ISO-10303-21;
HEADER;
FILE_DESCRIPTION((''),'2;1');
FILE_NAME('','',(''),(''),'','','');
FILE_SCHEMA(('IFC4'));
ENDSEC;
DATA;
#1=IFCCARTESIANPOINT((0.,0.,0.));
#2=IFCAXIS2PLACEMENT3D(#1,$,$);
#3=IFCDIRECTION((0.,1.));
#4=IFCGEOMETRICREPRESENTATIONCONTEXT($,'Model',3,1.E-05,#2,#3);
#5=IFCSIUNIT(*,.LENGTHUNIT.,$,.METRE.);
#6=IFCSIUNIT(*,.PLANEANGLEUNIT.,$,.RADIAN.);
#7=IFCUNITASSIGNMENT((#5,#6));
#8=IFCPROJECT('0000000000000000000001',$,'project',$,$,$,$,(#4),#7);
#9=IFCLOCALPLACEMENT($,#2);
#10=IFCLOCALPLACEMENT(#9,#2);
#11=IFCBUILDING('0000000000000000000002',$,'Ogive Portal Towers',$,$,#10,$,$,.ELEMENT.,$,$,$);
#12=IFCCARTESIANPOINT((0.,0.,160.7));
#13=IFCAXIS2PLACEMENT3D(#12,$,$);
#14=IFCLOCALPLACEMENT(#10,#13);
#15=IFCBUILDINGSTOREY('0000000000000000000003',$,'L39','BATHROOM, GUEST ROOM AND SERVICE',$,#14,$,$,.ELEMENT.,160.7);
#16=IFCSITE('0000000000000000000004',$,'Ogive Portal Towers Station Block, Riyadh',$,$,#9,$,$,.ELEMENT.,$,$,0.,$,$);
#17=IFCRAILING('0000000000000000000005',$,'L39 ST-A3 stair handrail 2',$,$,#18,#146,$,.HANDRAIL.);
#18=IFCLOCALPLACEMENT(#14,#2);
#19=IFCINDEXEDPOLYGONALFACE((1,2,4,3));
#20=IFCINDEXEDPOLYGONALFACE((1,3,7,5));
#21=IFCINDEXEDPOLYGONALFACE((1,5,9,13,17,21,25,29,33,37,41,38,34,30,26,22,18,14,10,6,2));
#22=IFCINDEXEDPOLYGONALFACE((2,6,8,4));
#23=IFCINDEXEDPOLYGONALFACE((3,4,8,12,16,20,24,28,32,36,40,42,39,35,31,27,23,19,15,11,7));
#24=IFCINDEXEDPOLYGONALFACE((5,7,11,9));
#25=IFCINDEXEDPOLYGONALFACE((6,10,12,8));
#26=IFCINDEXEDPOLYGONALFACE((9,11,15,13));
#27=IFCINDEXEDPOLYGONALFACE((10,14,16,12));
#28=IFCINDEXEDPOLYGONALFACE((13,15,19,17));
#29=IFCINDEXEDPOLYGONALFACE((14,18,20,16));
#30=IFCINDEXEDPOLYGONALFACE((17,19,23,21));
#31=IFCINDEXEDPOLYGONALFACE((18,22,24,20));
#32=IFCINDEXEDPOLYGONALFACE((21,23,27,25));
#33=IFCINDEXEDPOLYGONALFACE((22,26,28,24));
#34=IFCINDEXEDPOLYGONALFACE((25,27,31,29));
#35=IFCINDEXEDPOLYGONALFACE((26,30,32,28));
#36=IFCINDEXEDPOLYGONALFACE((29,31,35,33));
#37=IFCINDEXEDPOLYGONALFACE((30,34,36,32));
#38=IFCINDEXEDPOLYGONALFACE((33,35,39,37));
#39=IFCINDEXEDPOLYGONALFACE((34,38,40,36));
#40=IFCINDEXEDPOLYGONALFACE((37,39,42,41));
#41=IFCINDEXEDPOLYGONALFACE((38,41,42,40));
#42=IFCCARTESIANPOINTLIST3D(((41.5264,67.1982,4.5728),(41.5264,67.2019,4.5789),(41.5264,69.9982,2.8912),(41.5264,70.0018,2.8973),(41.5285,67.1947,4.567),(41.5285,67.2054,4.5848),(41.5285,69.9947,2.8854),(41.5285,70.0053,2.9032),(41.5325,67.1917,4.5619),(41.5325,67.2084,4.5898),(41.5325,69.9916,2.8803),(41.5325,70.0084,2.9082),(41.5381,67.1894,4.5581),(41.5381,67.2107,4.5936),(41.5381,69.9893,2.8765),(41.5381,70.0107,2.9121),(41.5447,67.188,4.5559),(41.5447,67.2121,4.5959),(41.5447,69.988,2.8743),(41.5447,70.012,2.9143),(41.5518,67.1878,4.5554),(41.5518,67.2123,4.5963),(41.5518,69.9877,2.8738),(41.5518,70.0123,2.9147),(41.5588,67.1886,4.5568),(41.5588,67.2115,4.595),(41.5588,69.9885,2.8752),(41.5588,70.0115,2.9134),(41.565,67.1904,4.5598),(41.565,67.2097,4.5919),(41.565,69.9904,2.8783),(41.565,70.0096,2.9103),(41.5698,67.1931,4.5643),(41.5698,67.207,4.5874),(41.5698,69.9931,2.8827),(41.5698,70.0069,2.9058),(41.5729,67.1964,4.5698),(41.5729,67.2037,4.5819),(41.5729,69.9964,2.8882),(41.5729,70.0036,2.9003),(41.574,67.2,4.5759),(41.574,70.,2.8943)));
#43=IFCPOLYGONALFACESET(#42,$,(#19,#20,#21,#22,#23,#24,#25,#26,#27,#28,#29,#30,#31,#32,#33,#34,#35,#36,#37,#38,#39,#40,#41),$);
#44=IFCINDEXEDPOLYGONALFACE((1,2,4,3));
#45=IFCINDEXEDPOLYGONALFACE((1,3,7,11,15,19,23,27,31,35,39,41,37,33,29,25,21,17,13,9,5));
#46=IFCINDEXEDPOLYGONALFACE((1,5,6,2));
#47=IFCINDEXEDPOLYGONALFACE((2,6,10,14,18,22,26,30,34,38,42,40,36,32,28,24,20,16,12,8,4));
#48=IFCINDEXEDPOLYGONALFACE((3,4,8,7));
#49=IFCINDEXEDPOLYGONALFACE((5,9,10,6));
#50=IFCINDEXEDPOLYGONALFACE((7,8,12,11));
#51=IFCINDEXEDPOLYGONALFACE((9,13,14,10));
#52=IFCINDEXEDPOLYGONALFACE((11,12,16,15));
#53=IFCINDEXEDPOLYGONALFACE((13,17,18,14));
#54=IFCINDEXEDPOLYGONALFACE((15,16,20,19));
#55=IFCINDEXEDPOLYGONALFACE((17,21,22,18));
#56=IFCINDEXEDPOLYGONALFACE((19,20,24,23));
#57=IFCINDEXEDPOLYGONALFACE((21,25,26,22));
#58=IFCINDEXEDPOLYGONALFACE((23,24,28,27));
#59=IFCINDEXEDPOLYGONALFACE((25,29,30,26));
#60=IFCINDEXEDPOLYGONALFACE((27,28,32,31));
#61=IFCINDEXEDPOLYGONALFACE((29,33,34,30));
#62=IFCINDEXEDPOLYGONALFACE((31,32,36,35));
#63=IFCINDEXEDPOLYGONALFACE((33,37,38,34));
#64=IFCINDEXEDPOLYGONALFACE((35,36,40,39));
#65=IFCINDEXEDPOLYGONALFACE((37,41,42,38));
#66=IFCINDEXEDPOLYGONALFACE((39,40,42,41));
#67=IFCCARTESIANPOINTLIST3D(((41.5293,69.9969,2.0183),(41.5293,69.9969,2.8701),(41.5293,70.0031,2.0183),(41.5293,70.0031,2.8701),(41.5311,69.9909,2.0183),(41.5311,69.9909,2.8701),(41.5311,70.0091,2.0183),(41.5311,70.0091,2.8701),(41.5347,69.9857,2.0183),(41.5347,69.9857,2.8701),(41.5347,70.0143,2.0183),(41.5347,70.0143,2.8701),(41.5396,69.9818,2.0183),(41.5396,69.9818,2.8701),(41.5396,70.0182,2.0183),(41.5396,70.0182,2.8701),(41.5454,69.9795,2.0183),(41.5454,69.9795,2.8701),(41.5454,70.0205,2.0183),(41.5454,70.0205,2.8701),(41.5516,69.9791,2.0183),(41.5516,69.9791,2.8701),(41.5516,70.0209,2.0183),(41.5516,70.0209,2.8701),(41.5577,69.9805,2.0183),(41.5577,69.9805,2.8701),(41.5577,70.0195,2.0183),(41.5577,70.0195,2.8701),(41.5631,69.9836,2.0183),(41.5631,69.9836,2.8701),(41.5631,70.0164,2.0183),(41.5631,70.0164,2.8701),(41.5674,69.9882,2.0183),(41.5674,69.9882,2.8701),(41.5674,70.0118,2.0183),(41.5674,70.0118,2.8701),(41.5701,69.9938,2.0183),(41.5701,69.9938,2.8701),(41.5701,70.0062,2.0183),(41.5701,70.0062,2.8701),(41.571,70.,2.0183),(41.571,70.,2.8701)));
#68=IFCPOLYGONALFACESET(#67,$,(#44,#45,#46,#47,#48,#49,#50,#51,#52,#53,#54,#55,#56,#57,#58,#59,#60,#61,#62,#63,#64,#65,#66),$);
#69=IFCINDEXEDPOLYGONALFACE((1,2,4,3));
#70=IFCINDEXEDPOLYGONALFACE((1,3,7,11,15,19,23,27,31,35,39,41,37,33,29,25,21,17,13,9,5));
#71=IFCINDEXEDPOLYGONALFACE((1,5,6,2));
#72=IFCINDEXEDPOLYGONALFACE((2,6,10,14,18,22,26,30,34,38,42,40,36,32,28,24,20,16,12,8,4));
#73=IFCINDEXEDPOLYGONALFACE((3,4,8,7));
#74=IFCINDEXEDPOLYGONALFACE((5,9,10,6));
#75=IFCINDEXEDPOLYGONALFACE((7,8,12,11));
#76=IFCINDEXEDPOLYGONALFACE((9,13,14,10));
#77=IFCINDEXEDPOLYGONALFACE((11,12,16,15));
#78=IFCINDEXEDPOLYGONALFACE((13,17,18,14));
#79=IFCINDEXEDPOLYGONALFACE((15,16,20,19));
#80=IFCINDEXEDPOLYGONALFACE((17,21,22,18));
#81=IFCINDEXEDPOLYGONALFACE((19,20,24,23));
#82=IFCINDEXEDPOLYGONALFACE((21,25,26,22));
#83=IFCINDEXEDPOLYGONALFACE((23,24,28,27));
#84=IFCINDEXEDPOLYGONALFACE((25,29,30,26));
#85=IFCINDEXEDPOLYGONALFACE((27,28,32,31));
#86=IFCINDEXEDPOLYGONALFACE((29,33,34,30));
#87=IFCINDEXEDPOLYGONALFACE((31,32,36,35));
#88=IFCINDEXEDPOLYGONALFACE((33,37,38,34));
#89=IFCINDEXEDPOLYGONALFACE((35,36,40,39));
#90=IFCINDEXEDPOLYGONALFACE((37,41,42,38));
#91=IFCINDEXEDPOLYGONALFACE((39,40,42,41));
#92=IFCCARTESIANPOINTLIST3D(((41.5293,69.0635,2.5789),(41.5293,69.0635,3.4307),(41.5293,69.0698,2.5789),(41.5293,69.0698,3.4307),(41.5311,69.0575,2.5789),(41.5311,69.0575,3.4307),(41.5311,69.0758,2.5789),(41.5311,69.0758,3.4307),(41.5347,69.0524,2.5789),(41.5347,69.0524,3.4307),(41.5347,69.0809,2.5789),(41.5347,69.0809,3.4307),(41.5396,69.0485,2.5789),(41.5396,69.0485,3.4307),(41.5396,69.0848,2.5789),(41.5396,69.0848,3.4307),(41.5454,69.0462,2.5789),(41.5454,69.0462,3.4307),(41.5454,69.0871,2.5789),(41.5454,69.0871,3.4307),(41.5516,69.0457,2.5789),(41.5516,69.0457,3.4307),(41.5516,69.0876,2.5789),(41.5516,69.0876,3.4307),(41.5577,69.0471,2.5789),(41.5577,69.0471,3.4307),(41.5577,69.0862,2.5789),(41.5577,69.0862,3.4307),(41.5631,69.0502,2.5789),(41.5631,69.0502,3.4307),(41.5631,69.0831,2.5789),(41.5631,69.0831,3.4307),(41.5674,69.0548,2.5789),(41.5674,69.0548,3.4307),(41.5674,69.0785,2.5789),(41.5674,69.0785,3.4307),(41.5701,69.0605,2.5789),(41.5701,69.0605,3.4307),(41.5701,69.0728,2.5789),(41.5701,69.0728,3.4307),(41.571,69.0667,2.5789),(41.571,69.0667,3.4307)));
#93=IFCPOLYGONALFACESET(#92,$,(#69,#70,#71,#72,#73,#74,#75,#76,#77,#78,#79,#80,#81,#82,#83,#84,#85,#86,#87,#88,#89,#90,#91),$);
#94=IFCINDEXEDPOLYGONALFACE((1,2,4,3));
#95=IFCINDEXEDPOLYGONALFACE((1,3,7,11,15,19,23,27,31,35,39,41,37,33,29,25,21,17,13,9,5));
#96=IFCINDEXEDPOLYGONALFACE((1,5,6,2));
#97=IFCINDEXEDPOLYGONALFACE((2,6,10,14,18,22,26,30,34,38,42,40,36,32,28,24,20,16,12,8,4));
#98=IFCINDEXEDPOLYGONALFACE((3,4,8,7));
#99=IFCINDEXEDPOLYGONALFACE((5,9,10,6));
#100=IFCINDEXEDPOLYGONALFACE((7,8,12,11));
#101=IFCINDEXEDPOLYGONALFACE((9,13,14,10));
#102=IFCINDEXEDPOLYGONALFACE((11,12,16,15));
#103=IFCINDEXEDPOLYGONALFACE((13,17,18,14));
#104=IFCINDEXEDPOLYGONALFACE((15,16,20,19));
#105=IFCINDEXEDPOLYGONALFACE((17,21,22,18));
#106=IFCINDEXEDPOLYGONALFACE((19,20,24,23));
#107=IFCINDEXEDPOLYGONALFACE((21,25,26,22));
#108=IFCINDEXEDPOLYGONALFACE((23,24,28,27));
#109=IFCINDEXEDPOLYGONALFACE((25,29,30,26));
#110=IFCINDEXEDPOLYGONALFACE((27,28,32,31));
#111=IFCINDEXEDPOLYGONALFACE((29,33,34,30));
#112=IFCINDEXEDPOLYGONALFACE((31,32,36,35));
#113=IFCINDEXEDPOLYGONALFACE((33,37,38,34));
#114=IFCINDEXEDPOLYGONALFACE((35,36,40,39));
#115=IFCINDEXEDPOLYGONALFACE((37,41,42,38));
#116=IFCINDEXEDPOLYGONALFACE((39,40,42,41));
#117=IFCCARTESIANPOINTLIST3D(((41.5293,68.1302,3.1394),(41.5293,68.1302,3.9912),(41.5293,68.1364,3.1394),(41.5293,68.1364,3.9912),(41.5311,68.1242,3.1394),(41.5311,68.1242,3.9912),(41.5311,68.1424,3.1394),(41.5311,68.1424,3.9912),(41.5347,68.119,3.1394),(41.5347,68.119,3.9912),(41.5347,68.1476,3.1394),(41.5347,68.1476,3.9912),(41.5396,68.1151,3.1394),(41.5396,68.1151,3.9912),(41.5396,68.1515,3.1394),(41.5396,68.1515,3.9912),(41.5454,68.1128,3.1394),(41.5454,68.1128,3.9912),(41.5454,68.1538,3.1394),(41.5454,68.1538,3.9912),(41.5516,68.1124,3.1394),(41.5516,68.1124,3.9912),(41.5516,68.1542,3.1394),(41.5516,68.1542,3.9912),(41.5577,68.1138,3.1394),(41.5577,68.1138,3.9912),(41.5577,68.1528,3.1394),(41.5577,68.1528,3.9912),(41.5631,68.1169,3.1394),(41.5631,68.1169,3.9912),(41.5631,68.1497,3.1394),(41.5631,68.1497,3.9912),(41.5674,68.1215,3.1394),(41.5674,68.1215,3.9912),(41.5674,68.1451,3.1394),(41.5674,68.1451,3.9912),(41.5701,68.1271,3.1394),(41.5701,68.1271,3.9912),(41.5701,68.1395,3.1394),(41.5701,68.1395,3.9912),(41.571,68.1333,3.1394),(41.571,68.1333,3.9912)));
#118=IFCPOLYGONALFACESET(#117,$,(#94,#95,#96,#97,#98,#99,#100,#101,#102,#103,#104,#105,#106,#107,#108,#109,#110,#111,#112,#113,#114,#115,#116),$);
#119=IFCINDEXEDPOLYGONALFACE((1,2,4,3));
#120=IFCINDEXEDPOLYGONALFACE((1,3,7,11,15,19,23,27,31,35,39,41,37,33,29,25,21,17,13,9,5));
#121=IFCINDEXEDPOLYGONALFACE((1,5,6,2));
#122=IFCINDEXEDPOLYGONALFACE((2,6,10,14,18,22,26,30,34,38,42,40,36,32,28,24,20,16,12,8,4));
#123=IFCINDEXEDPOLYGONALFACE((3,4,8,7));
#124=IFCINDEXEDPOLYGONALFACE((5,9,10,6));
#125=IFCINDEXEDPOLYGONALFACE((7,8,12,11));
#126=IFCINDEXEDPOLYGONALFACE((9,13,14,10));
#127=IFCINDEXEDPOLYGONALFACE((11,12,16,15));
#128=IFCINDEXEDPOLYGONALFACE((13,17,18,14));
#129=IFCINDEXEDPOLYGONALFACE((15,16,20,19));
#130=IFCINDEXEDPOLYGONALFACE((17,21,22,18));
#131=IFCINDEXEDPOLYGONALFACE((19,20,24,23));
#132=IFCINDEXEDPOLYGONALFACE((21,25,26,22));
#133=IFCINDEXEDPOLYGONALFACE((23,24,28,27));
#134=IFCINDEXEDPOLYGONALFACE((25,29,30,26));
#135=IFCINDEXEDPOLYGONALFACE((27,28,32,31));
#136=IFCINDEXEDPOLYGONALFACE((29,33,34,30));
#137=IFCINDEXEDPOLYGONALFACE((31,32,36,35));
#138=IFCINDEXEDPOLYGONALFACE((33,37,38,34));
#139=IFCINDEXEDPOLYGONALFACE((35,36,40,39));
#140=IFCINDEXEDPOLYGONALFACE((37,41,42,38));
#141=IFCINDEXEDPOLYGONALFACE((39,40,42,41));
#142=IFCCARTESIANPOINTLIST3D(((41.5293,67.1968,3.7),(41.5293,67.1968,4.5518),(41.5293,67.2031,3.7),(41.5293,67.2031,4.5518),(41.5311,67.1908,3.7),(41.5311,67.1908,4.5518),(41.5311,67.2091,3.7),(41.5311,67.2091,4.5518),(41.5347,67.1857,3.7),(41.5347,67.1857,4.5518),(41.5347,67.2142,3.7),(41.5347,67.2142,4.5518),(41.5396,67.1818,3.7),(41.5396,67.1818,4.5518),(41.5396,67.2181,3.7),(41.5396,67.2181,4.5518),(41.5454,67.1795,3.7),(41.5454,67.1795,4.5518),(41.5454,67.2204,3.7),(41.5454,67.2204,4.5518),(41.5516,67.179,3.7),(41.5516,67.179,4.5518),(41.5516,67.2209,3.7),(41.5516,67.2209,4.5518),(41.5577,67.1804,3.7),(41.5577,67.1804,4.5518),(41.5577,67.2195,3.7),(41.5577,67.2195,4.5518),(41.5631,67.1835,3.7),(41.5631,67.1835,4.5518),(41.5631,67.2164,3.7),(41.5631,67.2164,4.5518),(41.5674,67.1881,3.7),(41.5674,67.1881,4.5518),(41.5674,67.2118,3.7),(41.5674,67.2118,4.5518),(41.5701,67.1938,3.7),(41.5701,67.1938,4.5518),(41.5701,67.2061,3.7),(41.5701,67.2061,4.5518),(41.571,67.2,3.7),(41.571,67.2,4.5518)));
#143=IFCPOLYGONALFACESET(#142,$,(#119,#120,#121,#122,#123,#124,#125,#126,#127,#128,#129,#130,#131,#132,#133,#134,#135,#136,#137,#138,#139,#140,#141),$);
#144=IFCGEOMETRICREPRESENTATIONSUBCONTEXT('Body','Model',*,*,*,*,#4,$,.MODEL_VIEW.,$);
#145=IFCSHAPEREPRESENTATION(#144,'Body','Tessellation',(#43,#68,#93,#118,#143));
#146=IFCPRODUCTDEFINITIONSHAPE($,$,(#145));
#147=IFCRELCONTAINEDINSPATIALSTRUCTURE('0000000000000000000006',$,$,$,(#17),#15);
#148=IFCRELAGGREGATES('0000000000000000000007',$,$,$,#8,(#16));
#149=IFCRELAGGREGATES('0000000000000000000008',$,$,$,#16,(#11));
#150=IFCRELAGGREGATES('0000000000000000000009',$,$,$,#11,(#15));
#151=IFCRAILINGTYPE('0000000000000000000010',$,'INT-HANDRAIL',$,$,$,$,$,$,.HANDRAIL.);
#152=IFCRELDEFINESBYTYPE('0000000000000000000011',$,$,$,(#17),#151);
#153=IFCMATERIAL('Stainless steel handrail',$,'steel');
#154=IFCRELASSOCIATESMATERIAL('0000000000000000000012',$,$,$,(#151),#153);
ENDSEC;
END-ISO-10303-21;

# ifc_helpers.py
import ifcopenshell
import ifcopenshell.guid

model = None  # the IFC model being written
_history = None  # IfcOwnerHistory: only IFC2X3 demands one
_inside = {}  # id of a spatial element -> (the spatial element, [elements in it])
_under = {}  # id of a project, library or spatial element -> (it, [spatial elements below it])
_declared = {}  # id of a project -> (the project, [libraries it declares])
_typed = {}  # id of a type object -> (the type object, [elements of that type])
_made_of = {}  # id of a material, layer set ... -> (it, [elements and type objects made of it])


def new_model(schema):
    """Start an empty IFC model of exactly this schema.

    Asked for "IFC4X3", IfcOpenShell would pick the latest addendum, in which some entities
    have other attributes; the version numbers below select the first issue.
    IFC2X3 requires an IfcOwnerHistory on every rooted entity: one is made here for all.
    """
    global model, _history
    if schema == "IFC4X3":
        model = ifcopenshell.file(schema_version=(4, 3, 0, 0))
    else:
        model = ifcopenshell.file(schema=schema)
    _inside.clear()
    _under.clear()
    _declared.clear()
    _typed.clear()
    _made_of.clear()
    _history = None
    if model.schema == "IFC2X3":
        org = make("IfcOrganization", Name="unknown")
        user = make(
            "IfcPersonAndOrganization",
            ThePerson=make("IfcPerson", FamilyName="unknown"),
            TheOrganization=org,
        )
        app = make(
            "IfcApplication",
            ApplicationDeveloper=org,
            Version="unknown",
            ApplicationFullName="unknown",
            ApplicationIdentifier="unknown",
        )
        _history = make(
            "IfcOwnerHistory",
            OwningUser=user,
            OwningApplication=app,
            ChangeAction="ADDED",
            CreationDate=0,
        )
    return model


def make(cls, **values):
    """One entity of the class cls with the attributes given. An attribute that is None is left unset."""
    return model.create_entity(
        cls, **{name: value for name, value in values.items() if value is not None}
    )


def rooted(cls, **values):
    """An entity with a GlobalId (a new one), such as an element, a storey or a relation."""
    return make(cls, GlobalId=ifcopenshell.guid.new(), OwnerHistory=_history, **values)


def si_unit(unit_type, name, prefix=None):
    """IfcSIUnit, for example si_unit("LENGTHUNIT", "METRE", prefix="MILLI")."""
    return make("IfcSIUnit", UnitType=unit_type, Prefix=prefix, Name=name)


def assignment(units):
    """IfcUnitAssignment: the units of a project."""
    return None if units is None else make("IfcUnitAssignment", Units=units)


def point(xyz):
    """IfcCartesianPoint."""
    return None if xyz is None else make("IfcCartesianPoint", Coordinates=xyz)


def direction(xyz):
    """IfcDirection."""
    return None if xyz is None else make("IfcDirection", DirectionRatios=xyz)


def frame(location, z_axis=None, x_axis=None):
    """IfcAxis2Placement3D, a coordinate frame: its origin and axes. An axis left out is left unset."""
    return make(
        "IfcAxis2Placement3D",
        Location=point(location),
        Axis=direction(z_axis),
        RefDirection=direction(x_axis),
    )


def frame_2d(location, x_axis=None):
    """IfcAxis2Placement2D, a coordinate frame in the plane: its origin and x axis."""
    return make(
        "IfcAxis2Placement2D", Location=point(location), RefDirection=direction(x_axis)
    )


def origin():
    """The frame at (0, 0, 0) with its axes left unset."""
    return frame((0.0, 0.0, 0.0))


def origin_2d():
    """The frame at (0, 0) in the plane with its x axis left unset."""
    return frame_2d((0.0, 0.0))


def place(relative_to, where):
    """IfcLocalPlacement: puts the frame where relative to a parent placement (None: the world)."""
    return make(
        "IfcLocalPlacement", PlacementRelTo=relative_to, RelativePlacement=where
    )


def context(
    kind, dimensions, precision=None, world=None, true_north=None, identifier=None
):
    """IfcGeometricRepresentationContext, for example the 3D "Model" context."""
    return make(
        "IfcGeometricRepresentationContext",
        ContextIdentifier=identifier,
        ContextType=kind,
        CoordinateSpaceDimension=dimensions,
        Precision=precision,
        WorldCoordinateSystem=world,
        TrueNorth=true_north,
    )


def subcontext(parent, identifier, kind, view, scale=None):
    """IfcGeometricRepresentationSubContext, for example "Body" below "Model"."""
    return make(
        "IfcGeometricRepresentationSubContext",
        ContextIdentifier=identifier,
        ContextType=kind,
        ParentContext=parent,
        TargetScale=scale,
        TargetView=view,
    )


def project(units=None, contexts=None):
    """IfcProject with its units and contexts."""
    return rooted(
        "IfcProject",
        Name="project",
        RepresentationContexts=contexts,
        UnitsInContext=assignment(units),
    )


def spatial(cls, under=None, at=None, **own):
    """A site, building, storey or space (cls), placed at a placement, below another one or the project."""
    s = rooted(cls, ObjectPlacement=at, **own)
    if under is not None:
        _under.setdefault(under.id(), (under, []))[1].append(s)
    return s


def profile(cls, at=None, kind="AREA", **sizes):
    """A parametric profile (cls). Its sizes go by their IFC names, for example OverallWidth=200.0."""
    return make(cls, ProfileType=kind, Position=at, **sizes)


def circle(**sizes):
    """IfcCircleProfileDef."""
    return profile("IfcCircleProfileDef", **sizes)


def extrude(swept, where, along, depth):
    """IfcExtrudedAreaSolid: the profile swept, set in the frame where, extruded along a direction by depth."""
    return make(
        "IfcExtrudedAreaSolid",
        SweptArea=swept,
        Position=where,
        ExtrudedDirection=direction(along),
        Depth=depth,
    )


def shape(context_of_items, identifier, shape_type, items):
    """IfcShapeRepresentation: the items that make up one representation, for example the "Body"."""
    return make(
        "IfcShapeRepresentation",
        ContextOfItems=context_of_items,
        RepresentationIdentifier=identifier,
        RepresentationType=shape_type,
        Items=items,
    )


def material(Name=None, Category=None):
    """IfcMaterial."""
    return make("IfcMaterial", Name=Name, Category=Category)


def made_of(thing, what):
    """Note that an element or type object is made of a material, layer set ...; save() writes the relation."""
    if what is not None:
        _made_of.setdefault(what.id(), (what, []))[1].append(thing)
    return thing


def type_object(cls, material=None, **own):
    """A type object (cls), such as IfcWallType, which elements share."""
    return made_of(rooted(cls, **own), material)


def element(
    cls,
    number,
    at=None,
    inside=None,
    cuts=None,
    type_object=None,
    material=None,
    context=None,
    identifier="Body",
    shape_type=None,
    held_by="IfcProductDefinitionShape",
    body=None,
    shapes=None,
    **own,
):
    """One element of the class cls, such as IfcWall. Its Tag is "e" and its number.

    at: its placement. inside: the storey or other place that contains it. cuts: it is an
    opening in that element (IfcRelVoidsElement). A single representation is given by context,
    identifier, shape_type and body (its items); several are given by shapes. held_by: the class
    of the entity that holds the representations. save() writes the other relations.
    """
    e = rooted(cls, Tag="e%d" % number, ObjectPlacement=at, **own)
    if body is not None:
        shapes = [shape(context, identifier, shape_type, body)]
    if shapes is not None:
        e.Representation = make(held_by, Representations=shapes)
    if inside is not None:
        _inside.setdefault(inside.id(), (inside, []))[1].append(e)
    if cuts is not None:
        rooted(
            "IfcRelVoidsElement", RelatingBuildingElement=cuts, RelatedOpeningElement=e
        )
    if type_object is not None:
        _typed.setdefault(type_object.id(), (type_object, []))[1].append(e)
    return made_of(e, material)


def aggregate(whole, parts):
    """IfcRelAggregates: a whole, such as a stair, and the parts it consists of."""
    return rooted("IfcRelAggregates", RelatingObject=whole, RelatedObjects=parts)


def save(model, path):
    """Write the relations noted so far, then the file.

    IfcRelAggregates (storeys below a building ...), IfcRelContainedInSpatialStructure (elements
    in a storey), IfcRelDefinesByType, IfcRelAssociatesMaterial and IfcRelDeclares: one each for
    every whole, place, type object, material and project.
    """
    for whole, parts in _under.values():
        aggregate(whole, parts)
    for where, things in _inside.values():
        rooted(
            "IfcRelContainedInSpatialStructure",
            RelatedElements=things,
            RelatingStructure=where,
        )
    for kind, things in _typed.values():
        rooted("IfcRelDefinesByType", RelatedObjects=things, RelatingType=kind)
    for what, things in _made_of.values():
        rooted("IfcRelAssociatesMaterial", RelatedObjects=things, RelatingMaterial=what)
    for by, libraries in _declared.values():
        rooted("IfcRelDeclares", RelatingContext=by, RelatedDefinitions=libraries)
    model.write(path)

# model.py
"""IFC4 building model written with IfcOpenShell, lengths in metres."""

from ifc_helpers import new_model, si_unit, direction, frame, origin, origin_2d, place, context, subcontext, project, spatial, circle, extrude, material, type_object, element, save


model = new_model("IFC4")

# Units and contexts
model_context = context("Model", 3, precision=1e-05, world=origin(), true_north=direction((0.0, 1.0)))
body_context = subcontext(model_context, "Body", "Model", "MODEL_VIEW")
ifc_project = project(units=[si_unit("LENGTHUNIT", "METRE"), si_unit("PLANEANGLEUNIT", "RADIAN")], contexts=[model_context])

# Site, building, storey
site_placement = place(None, origin())
site = spatial("IfcSite", under=ifc_project, at=site_placement, Name="Ogive Portal Towers Station Block, Riyadh", CompositionType="ELEMENT", RefElevation=0.0)
building_placement = place(site_placement, origin())
building = spatial("IfcBuilding", under=site, at=building_placement, Name="Ogive Portal Towers", CompositionType="ELEMENT")
storey_placement = place(building_placement, frame((0.0, 0.0, 160.7)))
storey = spatial("IfcBuildingStorey", under=building, at=storey_placement, Name="L39", Description="BATHROOM, GUEST ROOM AND SERVICE", CompositionType="ELEMENT", Elevation=160.7)

# Railing
ifc_material_1 = material(Name="Stainless steel handrail", Category="steel")
railing_type_1 = type_object("IfcRailingType", Name="INT-HANDRAIL", PredefinedType="HANDRAIL", material=ifc_material_1)
railing_1_placement = place(storey_placement, frame((41.55, 70.0, 2.0183)))
element("IfcRailing", 1, at=railing_1_placement, inside=storey, type_object=railing_type_1, Name="L39 ST-A3 stair handrail 2", PredefinedType="HANDRAIL", context=body_context, shape_type="SweptSolid", body=[
    extrude(circle(Radius=0.0239, at=origin_2d()), frame((0.0, 0.0, 0.876), z_axis=(0.0, -0.857275, 0.514858), x_axis=(1.0, 0.0, 0.0)), (0.0, 0.0, 1.0), 3.2661),
    extrude(circle(Radius=0.021, at=origin_2d()), origin(), (0.0, 0.0, 1.0), 0.8518),
    extrude(circle(Radius=0.021, at=origin_2d()), frame((0.0, -0.9333, 0.5605)), (0.0, 0.0, 1.0), 0.8518),
    extrude(circle(Radius=0.021, at=origin_2d()), frame((0.0, -1.8667, 1.1211)), (0.0, 0.0, 1.0), 0.8518),
    extrude(circle(Radius=0.021, at=origin_2d()), frame((0.0, -2.8, 1.6816)), (0.0, 0.0, 1.0), 0.8518),
])

save(model, "model.ifc")
